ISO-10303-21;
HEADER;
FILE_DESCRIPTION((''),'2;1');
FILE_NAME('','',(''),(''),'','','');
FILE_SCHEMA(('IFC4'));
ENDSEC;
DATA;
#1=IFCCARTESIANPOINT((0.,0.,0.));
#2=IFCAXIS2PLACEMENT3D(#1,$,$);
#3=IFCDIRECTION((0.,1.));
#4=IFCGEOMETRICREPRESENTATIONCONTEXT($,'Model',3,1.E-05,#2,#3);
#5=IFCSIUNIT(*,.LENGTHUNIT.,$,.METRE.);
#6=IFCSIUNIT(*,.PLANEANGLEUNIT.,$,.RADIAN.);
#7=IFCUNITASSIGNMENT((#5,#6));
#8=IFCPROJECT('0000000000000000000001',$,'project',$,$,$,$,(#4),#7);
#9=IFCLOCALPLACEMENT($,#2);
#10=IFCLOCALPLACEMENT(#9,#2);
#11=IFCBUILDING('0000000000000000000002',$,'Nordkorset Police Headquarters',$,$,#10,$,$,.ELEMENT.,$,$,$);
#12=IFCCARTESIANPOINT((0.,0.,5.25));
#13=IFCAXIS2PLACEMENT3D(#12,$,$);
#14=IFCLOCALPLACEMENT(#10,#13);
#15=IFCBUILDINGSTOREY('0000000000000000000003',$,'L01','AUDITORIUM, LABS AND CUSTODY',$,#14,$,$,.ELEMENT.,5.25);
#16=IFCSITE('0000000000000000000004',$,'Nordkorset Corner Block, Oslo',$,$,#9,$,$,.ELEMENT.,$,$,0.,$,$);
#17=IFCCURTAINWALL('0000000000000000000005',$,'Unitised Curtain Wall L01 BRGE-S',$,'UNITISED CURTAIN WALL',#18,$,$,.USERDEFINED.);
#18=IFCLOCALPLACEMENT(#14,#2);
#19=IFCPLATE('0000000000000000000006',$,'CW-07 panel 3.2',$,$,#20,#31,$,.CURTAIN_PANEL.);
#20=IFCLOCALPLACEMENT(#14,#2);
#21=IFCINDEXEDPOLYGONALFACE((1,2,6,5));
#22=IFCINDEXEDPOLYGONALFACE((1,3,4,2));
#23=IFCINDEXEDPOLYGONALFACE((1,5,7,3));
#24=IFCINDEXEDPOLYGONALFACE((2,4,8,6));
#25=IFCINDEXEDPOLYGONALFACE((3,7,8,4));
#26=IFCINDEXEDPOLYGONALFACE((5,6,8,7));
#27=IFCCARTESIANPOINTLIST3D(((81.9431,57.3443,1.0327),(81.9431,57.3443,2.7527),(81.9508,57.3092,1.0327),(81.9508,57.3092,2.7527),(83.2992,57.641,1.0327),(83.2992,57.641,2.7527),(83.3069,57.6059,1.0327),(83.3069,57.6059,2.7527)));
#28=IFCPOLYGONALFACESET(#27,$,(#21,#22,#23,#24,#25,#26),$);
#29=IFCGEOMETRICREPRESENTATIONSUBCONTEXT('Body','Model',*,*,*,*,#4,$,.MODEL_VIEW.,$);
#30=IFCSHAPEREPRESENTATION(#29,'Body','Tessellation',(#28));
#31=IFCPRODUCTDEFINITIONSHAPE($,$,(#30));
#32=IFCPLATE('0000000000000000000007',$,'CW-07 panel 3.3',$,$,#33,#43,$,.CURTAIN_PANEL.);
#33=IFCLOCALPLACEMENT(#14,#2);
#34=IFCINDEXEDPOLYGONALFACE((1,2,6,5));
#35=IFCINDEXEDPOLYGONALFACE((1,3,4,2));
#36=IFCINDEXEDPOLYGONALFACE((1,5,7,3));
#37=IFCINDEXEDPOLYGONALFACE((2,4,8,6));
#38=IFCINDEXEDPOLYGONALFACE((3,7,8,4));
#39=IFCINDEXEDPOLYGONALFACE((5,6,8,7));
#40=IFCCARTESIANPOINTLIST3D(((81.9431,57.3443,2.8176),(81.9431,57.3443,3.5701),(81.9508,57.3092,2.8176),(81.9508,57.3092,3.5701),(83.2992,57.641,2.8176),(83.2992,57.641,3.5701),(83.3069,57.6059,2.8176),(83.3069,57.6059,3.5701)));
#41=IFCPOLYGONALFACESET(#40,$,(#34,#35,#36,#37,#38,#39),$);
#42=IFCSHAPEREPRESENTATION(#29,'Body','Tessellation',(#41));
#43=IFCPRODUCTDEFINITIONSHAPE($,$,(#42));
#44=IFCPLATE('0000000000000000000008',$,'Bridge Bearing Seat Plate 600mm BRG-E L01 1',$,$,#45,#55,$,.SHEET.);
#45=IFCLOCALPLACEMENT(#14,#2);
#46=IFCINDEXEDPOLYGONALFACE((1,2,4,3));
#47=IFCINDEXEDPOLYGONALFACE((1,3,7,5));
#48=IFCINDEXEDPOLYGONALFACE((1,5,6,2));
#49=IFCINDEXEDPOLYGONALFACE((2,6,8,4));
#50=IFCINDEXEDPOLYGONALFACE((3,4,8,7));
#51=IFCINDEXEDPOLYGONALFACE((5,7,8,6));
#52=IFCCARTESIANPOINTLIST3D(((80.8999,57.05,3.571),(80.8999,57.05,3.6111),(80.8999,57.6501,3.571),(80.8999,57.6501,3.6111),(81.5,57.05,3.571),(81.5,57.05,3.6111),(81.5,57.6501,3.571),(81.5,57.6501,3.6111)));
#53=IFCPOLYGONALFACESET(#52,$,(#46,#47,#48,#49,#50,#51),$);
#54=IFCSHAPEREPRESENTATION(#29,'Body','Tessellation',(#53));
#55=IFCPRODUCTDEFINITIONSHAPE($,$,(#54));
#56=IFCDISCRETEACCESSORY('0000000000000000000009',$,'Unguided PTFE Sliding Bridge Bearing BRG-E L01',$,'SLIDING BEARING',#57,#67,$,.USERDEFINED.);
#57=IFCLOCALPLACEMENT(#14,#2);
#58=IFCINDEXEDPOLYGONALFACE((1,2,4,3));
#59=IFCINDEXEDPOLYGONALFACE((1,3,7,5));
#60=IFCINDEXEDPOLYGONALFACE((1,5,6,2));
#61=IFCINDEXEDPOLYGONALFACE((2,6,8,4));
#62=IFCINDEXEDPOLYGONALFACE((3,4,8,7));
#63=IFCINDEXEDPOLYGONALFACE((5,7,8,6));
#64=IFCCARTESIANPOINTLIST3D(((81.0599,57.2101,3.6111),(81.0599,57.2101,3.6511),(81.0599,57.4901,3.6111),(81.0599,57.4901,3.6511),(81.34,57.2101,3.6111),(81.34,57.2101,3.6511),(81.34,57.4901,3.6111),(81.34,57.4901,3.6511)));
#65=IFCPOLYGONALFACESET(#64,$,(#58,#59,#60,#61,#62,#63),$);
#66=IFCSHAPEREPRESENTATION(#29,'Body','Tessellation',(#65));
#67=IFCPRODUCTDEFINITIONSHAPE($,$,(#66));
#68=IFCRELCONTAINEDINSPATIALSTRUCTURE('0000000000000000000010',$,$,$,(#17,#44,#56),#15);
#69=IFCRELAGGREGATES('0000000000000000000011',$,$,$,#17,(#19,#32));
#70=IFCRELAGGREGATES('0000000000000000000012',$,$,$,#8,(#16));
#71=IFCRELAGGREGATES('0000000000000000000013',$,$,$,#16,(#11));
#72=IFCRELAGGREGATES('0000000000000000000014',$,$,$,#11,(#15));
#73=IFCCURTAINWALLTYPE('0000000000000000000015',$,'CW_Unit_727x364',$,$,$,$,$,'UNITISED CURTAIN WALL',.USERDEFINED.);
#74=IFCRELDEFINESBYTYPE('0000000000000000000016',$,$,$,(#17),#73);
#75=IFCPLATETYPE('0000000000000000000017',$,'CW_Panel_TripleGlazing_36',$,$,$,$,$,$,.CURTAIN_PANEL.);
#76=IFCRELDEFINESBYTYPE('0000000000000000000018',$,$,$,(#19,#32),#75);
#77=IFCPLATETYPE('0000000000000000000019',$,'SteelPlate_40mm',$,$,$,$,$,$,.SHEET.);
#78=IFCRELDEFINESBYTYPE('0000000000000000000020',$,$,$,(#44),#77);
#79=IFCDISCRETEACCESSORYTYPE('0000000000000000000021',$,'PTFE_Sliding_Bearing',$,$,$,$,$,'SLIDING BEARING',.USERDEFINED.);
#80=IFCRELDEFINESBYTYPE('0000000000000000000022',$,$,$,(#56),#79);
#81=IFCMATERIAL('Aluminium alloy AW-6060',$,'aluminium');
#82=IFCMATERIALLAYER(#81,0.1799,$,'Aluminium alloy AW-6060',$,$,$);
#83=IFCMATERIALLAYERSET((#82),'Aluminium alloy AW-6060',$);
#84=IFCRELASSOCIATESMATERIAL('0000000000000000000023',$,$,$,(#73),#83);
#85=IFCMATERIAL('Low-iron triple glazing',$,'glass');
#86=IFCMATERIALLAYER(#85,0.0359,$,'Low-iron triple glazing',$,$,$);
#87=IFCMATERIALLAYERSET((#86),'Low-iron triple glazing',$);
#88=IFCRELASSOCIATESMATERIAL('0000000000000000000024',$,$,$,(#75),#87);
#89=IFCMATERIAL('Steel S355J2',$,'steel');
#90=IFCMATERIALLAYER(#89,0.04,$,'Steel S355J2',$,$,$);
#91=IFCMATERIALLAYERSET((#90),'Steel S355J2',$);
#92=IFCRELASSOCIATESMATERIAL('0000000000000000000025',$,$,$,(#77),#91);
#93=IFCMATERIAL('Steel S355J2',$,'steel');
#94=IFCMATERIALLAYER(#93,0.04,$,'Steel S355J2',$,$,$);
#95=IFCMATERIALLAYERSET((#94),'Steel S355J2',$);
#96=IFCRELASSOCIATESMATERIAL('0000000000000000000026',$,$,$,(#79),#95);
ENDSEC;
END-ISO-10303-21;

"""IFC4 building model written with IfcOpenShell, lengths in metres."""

from ifc_helpers import new_model, si_unit, direction, frame, origin, origin_2d, place, context, subcontext, project, spatial, rectangle, extrude, material, layer, layer_set, type_object, element, aggregate, save


model = new_model("IFC4")

# Units and contexts
model_context = context("Model", 3, precision=1e-05, world=origin(), true_north=direction((0.0, 1.0)))
body_context = subcontext(model_context, "Body", "Model", "MODEL_VIEW")
ifc_project = project(units=[si_unit("LENGTHUNIT", "METRE"), si_unit("PLANEANGLEUNIT", "RADIAN")], contexts=[model_context])

# Site, building, storey
site_placement = place(None, origin())
site = spatial("IfcSite", under=ifc_project, at=site_placement, Name="Nordkorset Corner Block, Oslo", CompositionType="ELEMENT", RefElevation=0.0)
building_placement = place(site_placement, origin())
building = spatial("IfcBuilding", under=site, at=building_placement, Name="Nordkorset Police Headquarters", CompositionType="ELEMENT")
storey_placement = place(building_placement, frame((0.0, 0.0, 5.25)))
storey = spatial("IfcBuildingStorey", under=building, at=storey_placement, Name="L01", Description="AUDITORIUM, LABS AND CUSTODY", CompositionType="ELEMENT", Elevation=5.25)

# Curtain wall
ifc_material_1 = material(Name="Aluminium alloy AW-6060", Category="aluminium")
ifc_layer_1 = layer(ifc_material_1, 0.1799, Name="Aluminium alloy AW-6060")
ifc_layer_set_1 = layer_set([ifc_layer_1], Name="Aluminium alloy AW-6060")
curtain_wall_type = type_object("IfcCurtainWallType", Name="CW_Unit_727x364", ElementType="UNITISED CURTAIN WALL", PredefinedType="USERDEFINED", material=ifc_layer_set_1)
curtain_wall_placement = place(storey_placement, origin())
curtain_wall = element("IfcCurtainWall", 1, at=curtain_wall_placement, inside=storey, type_object=curtain_wall_type, Name="Unitised Curtain Wall L01 BRGE-S", ObjectType="UNITISED CURTAIN WALL", PredefinedType="USERDEFINED")

# Plates
ifc_material_2 = material(Name="Low-iron triple glazing", Category="glass")
ifc_layer_2 = layer(ifc_material_2, 0.0359, Name="Low-iron triple glazing")
ifc_layer_set_2 = layer_set([ifc_layer_2], Name="Low-iron triple glazing")
plate_type_1 = type_object("IfcPlateType", Name="CW_Panel_TripleGlazing_36", PredefinedType="CURTAIN_PANEL", material=ifc_layer_set_2)
plate_1_placement = place(storey_placement, frame((82.625, 57.4751, 1.0327), z_axis=(0.0, 0.0, 1.0), x_axis=(0.976891, 0.213737, 0.0)))
plate_1 = element("IfcPlate", 2, at=plate_1_placement, type_object=plate_type_1, Name="CW-07 panel 3.2", PredefinedType="CURTAIN_PANEL", context=body_context, shape_type="SweptSolid", body=[
    extrude(rectangle(XDim=1.3882, YDim=0.0359, at=origin_2d()), origin(), (0.0, 0.0, 1.0), 1.72),
])
plate_2_placement = place(storey_placement, frame((82.625, 57.4751, 2.8176), z_axis=(0.0, 0.0, 1.0), x_axis=(0.976891, 0.213737, 0.0)))
plate_2 = element("IfcPlate", 3, at=plate_2_placement, type_object=plate_type_1, Name="CW-07 panel 3.3", PredefinedType="CURTAIN_PANEL", context=body_context, shape_type="SweptSolid", body=[
    extrude(rectangle(XDim=1.3882, YDim=0.0359, at=origin_2d()), origin(), (0.0, 0.0, 1.0), 0.7524),
])
aggregate(curtain_wall, [plate_1, plate_2])
ifc_material_3 = material(Name="Steel S355J2", Category="steel")
ifc_layer_3 = layer(ifc_material_3, 0.04, Name="Steel S355J2")
ifc_layer_set_3 = layer_set([ifc_layer_3], Name="Steel S355J2")
plate_type_2 = type_object("IfcPlateType", Name="SteelPlate_40mm", PredefinedType="SHEET", material=ifc_layer_set_3)
plate_3_placement = place(storey_placement, frame((81.2, 57.3501, 3.571), z_axis=(0.0, 0.0, 1.0), x_axis=(1.0, 0.0, 0.0)))
element("IfcPlate", 4, at=plate_3_placement, inside=storey, type_object=plate_type_2, Name="Bridge Bearing Seat Plate 600mm BRG-E L01 1", PredefinedType="SHEET", context=body_context, shape_type="SweptSolid", body=[
    extrude(rectangle(XDim=0.6001, YDim=0.6001, at=origin_2d()), origin(), (0.0, 0.0, 1.0), 0.04),
])

# Discrete accessory
ifc_material_4 = material(Name="Steel S355J2", Category="steel")
ifc_layer_4 = layer(ifc_material_4, 0.04, Name="Steel S355J2")
ifc_layer_set_4 = layer_set([ifc_layer_4], Name="Steel S355J2")
discrete_accessory_type = type_object("IfcDiscreteAccessoryType", Name="PTFE_Sliding_Bearing", ElementType="SLIDING BEARING", PredefinedType="USERDEFINED", material=ifc_layer_set_4)
discrete_accessory_placement = place(storey_placement, frame((81.2, 57.3501, 3.6111), z_axis=(0.0, 0.0, 1.0), x_axis=(1.0, 0.0, 0.0)))
element("IfcDiscreteAccessory", 5, at=discrete_accessory_placement, inside=storey, type_object=discrete_accessory_type, Name="Unguided PTFE Sliding Bridge Bearing BRG-E L01", ObjectType="SLIDING BEARING", PredefinedType="USERDEFINED", context=body_context, shape_type="SweptSolid", body=[
    extrude(rectangle(XDim=0.28, YDim=0.28, at=origin_2d()), origin(), (0.0, 0.0, 1.0), 0.04),
])

save(model, "model.ifc")
